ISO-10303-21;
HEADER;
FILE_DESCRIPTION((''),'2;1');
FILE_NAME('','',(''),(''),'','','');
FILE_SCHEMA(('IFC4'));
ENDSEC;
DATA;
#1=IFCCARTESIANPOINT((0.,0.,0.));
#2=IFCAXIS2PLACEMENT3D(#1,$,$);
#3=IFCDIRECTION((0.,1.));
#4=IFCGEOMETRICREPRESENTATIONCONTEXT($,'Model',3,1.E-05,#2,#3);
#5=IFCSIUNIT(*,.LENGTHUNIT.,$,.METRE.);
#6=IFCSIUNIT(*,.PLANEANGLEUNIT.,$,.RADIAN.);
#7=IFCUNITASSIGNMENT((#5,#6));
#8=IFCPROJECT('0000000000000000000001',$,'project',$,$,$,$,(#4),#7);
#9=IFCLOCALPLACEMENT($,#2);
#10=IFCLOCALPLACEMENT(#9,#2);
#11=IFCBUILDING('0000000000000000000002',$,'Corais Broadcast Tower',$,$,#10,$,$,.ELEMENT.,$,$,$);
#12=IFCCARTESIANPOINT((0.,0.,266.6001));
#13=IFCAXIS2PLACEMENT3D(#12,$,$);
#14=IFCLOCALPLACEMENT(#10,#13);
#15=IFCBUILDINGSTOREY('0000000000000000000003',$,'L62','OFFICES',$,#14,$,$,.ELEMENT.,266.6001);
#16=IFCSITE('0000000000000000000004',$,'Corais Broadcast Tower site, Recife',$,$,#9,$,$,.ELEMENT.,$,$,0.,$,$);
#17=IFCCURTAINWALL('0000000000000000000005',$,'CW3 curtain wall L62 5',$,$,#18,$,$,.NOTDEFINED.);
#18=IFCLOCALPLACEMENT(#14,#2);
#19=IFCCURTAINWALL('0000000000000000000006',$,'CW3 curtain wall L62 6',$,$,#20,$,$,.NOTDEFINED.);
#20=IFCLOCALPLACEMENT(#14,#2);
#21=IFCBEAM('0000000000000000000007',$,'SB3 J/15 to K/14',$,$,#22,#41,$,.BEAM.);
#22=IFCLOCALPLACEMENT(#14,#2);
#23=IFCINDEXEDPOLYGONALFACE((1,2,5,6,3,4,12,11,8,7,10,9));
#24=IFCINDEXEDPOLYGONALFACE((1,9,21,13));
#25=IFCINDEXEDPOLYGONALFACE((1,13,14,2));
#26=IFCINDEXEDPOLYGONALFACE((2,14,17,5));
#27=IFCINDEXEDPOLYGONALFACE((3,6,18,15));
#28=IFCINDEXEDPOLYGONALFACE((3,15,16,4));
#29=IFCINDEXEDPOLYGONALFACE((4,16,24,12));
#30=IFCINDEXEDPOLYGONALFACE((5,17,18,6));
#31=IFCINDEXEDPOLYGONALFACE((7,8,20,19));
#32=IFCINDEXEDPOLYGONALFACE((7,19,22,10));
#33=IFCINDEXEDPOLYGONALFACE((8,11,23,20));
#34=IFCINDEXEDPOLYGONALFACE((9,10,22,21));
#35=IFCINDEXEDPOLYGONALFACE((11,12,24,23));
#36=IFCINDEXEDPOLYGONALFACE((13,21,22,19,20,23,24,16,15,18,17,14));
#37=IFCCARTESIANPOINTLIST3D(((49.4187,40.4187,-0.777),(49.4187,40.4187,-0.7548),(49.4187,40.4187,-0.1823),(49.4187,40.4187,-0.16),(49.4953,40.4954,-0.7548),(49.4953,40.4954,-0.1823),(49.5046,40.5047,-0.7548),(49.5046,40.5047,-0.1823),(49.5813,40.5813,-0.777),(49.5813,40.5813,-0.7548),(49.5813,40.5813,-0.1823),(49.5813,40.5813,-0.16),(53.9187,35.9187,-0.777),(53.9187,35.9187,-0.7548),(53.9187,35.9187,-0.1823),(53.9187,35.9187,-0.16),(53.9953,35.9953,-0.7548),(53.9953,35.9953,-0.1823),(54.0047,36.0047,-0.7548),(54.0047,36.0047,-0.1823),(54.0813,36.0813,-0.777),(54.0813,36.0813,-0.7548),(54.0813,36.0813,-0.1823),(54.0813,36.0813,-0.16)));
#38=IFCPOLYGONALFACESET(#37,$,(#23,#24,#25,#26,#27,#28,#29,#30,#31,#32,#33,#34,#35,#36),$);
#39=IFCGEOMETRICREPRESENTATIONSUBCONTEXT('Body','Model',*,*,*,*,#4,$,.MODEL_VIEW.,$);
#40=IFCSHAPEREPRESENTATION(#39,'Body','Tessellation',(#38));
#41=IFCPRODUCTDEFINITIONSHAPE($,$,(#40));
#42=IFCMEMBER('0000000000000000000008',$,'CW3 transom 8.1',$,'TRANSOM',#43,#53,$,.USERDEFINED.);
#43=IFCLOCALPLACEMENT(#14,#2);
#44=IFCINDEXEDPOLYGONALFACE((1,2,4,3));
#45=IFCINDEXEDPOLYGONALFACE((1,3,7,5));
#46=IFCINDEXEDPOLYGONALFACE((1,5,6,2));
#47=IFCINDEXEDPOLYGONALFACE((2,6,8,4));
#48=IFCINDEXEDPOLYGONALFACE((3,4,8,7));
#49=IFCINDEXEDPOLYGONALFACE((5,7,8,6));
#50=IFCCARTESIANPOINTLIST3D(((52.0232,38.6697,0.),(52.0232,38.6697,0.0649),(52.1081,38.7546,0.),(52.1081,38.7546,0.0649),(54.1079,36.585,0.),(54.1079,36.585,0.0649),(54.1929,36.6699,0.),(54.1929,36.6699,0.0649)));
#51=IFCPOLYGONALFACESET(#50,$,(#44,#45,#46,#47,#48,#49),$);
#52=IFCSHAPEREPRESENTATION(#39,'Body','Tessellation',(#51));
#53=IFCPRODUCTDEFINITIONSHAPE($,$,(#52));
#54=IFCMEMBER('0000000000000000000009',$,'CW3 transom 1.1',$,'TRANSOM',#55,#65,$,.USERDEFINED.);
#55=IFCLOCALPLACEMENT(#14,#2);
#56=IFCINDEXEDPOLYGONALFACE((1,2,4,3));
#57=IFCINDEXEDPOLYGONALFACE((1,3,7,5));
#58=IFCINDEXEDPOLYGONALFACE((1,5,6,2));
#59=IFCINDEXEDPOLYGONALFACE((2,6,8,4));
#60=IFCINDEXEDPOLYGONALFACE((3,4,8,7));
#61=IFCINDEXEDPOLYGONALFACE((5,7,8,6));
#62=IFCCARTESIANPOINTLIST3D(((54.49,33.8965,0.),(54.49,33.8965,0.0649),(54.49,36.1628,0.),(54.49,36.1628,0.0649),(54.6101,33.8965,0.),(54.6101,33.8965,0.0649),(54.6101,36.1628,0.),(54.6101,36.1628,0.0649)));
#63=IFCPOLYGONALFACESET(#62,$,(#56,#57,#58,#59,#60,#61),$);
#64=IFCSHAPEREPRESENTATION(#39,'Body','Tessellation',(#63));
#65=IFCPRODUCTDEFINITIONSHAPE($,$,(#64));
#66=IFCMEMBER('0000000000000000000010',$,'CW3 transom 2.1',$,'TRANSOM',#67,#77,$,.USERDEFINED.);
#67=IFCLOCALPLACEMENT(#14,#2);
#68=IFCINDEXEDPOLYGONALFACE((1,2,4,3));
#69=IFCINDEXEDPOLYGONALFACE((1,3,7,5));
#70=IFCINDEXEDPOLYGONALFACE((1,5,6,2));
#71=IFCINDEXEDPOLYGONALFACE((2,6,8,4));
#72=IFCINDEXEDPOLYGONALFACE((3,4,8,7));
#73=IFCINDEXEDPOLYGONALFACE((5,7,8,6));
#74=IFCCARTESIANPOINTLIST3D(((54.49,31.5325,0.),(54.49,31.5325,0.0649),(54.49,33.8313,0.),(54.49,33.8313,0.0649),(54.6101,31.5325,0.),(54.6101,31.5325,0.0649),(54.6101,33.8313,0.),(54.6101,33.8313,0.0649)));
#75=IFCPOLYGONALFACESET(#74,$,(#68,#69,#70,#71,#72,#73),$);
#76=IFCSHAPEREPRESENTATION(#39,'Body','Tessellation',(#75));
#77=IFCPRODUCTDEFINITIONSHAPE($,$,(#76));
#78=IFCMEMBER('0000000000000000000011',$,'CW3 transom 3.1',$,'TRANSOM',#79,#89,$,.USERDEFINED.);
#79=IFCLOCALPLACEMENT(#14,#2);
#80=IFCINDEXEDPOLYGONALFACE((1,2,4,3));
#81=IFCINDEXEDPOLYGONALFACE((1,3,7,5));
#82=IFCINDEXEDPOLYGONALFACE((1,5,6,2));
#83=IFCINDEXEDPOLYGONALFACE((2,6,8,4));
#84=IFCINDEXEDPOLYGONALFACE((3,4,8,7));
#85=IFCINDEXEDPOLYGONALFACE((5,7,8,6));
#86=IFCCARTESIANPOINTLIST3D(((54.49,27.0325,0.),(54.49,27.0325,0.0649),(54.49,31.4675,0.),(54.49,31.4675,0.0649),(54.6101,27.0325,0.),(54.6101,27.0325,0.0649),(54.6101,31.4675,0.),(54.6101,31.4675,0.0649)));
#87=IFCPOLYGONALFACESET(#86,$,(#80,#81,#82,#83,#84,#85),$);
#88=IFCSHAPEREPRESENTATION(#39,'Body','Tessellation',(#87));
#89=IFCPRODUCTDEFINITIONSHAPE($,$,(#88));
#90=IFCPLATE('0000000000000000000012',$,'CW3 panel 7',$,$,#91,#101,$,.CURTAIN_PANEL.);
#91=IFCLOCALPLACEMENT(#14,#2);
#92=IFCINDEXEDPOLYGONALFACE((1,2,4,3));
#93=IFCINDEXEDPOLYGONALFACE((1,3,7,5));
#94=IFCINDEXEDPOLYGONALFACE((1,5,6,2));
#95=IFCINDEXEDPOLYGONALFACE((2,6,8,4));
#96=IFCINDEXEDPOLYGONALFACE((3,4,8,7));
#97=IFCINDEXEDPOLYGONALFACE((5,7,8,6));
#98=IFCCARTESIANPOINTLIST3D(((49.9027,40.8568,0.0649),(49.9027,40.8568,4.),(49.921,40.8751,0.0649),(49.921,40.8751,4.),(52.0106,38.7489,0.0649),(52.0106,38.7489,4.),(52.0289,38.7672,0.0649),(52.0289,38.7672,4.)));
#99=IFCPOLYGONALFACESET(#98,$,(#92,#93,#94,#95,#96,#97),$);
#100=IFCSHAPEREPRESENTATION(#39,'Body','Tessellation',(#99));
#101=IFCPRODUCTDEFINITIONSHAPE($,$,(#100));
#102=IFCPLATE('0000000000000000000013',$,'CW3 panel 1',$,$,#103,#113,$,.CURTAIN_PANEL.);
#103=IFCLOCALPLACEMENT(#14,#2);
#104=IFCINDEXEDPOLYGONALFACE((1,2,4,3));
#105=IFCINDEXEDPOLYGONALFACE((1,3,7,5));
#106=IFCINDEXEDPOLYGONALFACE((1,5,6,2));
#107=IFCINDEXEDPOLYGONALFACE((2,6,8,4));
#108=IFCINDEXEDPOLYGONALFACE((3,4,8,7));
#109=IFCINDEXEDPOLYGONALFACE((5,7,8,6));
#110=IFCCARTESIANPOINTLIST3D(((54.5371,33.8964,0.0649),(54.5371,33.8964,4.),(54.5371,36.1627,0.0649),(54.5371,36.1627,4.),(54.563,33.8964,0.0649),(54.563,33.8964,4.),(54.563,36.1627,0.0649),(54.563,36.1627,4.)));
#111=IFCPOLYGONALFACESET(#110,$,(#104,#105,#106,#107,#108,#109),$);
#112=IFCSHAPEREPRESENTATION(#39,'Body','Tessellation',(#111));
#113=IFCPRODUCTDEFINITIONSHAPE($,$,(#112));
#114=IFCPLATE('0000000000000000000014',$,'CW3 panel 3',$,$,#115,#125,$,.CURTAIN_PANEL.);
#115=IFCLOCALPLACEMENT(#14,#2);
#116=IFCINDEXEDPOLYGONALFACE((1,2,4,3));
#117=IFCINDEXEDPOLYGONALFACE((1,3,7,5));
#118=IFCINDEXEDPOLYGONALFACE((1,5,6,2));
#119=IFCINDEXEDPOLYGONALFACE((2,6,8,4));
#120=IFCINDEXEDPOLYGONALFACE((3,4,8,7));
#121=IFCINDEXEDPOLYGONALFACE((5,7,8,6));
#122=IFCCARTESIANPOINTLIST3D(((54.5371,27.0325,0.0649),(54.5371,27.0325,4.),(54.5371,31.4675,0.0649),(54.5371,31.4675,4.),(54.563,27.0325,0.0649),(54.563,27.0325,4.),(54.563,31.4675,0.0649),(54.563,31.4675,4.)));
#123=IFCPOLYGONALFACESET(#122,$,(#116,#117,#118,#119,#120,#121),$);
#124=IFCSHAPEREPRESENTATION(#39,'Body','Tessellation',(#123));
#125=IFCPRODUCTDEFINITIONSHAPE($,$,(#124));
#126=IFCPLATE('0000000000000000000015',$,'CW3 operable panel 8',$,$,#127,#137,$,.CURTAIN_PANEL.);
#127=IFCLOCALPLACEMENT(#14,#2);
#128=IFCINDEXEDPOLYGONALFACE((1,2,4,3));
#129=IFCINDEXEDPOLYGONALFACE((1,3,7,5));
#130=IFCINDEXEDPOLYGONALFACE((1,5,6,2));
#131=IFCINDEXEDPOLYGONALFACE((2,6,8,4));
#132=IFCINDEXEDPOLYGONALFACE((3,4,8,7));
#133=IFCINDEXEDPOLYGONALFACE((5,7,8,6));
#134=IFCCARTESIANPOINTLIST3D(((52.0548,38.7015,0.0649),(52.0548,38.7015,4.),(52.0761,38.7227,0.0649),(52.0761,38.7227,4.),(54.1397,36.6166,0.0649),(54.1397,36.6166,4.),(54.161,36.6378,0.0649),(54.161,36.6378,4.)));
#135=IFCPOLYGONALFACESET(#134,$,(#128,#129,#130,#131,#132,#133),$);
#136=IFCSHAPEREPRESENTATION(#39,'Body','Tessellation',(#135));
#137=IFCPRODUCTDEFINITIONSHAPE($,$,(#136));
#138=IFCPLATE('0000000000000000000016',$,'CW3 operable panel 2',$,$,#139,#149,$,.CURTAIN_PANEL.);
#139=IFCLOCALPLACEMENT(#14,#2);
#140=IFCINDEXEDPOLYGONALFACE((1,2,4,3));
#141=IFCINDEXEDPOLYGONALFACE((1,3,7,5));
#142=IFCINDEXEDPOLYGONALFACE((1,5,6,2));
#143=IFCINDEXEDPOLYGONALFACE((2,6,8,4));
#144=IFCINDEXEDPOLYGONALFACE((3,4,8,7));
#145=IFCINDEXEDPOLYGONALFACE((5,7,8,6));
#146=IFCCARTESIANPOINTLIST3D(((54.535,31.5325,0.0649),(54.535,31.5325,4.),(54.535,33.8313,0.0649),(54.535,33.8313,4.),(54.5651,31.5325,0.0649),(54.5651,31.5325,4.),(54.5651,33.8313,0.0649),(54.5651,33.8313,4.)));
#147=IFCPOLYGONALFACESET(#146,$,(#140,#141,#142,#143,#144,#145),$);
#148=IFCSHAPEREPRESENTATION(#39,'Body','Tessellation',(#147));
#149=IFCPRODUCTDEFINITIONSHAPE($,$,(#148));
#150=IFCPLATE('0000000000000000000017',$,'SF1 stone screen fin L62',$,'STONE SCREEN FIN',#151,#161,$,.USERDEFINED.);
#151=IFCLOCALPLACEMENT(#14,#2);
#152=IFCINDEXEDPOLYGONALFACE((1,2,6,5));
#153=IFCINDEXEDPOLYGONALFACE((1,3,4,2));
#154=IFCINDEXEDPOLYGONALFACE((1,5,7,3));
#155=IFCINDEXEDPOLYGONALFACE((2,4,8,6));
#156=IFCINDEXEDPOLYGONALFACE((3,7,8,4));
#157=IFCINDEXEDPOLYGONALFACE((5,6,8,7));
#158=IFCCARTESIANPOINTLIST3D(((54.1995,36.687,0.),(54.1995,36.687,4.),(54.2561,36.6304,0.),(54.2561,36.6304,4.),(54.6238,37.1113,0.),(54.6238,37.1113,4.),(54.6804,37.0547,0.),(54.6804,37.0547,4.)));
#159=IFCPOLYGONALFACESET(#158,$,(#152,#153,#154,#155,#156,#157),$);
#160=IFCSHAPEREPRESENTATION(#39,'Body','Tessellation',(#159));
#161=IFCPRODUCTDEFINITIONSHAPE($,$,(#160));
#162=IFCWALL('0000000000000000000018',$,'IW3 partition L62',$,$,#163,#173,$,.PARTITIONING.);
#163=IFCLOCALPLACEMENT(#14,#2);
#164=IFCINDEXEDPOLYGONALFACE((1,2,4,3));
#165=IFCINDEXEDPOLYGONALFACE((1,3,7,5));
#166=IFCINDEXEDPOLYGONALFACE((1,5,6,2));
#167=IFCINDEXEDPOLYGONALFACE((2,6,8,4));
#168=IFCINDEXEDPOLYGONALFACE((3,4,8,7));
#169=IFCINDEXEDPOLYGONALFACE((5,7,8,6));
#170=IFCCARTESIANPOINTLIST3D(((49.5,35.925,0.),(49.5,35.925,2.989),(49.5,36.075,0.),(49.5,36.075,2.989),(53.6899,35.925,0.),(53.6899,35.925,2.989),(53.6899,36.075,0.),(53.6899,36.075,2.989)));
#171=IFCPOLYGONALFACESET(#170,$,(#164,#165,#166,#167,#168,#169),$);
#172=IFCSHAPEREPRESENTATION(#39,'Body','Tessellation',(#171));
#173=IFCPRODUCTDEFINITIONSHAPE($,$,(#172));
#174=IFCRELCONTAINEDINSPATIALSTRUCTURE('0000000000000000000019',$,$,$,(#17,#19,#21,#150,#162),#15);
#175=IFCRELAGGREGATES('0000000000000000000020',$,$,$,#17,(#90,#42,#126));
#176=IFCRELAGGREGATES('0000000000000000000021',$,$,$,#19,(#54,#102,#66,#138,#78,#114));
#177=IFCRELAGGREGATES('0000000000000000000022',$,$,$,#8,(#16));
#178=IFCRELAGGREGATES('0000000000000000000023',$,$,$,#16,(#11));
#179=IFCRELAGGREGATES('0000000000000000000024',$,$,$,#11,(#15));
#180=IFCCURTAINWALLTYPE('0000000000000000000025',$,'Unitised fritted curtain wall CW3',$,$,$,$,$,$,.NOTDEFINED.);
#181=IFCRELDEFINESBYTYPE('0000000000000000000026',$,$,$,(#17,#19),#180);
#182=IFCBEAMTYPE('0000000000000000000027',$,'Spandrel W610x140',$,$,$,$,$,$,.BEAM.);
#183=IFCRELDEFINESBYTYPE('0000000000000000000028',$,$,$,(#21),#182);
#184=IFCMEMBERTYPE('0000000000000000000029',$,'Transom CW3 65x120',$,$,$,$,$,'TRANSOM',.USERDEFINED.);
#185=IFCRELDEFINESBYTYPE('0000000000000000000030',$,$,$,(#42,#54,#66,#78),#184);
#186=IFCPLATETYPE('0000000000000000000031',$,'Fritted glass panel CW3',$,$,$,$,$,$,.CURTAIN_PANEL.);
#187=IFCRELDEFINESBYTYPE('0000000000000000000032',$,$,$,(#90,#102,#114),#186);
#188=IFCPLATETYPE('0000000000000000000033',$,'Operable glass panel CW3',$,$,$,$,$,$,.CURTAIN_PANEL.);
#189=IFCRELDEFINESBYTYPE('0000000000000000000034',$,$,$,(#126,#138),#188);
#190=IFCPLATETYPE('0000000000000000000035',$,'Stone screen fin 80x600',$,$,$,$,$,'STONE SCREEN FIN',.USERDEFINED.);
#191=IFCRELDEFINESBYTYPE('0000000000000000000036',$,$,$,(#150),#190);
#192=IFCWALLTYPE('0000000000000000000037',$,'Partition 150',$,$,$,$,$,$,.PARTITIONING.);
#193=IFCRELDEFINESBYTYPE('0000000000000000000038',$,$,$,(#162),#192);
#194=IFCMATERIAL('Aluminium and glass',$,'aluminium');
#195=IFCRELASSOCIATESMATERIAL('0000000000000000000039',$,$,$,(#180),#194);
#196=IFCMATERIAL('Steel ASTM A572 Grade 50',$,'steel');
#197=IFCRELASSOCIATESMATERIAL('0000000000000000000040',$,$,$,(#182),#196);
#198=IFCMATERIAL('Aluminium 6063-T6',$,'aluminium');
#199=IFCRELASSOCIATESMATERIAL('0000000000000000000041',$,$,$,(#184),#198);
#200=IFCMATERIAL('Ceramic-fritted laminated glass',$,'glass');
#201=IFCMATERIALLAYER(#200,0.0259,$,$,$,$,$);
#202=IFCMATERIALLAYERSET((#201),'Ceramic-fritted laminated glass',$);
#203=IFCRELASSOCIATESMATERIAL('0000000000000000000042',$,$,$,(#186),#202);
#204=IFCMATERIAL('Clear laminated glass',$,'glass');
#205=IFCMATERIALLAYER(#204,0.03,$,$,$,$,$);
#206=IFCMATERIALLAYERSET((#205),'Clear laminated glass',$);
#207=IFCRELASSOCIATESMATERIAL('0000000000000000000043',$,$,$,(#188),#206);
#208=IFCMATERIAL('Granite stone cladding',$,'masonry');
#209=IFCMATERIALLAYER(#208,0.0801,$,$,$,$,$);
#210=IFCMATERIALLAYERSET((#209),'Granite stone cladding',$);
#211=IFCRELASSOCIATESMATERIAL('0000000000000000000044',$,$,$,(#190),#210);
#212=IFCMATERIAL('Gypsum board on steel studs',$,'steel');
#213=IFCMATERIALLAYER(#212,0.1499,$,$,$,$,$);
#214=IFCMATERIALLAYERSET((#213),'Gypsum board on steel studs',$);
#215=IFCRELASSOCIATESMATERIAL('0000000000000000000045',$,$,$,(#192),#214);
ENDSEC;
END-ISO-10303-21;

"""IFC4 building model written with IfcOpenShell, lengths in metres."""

from ifc_helpers import new_model, si_unit, direction, frame, frame_2d, origin, origin_2d, place, context, subcontext, project, spatial, rectangle, i_section, extrude, material, layer, layer_set, material_profile, profile_set, type_object, element, aggregate, save


model = new_model("IFC4")

# Units and contexts
model_context = context("Model", 3, precision=1e-05, world=origin(), true_north=direction((0.0, 1.0)))
body_context = subcontext(model_context, "Body", "Model", "MODEL_VIEW")
ifc_project = project(units=[si_unit("LENGTHUNIT", "METRE"), si_unit("PLANEANGLEUNIT", "RADIAN")], contexts=[model_context])

# Site, building, storey
site_placement = place(None, origin())
site = spatial("IfcSite", under=ifc_project, at=site_placement, Name="Corais Broadcast Tower site, Recife", CompositionType="ELEMENT", RefElevation=0.0)
building_placement = place(site_placement, origin())
building = spatial("IfcBuilding", under=site, at=building_placement, Name="Corais Broadcast Tower", CompositionType="ELEMENT")
storey_placement = place(building_placement, frame((0.0, 0.0, 266.6001)))
storey = spatial("IfcBuildingStorey", under=building, at=storey_placement, Name="L62", Description="OFFICES", CompositionType="ELEMENT", Elevation=266.6001)

# Curtain walls
ifc_material_1 = material(Name="Aluminium and glass", Category="aluminium")
curtain_wall_type = type_object("IfcCurtainWallType", Name="Unitised fritted curtain wall CW3", PredefinedType="NOTDEFINED", material=ifc_material_1)
curtain_wall_1_placement = place(storey_placement, origin())
curtain_wall_1 = element("IfcCurtainWall", 1, at=curtain_wall_1_placement, inside=storey, type_object=curtain_wall_type, Name="CW3 curtain wall L62 5", PredefinedType="NOTDEFINED")
curtain_wall_2_placement = place(storey_placement, origin())
curtain_wall_2 = element("IfcCurtainWall", 2, at=curtain_wall_2_placement, inside=storey, type_object=curtain_wall_type, Name="CW3 curtain wall L62 6", PredefinedType="NOTDEFINED")

# Beam
ifc_material_2 = material(Name="Steel ASTM A572 Grade 50", Category="steel")
ifc_material_profile_1 = material_profile(ifc_material_2, i_section(OverallWidth=0.23, OverallDepth=0.6169, WebThickness=0.0132, FlangeThickness=0.0222, at=origin_2d()), Name="W610x140")
ifc_profile_set_1 = profile_set([ifc_material_profile_1], Name="Steel ASTM A572 Grade 50")
beam_type_1 = type_object("IfcBeamType", Name="Spandrel W610x140", PredefinedType="BEAM", material=ifc_profile_set_1)
beam_1_placement = place(storey_placement, frame((54.0, 36.0, -0.4685), z_axis=(-0.707107, 0.707107, 0.0), x_axis=(-0.707107, -0.707107, 0.0)))
element("IfcBeam", 3, at=beam_1_placement, inside=storey, type_object=beam_type_1, Name="SB3 J/15 to K/14", PredefinedType="BEAM", context=body_context, shape_type="SweptSolid", body=[
    extrude(i_section(OverallWidth=0.23, OverallDepth=0.6169, WebThickness=0.0132, FlangeThickness=0.0222, at=origin_2d()), origin(), (0.0, 0.0, 1.0), 6.364),
])

# Members
ifc_material_3 = material(Name="Aluminium 6063-T6", Category="aluminium")
ifc_material_profile_2 = material_profile(ifc_material_3, rectangle(XDim=0.1201, YDim=0.0649, at=origin_2d()), Name="Transom CW3 65x120")
ifc_profile_set_2 = profile_set([ifc_material_profile_2], Name="Aluminium 6063-T6")
member_type_1 = type_object("IfcMemberType", Name="Transom CW3 65x120", ElementType="TRANSOM", PredefinedType="USERDEFINED", material=ifc_profile_set_2)
member_1_placement = place(storey_placement, frame((52.0657, 38.7122, 0.0325), z_axis=(0.707107, -0.707107, 0.0), x_axis=(0.707107, 0.707107, 0.0)))
member_1 = element("IfcMember", 4, at=member_1_placement, type_object=member_type_1, Name="CW3 transom 8.1", ObjectType="TRANSOM", PredefinedType="USERDEFINED", context=body_context, shape_type="SweptSolid", body=[
    extrude(rectangle(XDim=0.1201, YDim=0.0649, at=origin_2d()), origin(), (0.0, 0.0, 1.0), 2.9482),
])
member_2_placement = place(storey_placement, frame((54.55, 36.1628, 0.0325), z_axis=(0.0, -1.0, 0.0), x_axis=(1.0, 0.0, 0.0)))
member_2 = element("IfcMember", 5, at=member_2_placement, type_object=member_type_1, Name="CW3 transom 1.1", ObjectType="TRANSOM", PredefinedType="USERDEFINED", context=body_context, shape_type="SweptSolid", body=[
    extrude(rectangle(XDim=0.1201, YDim=0.0649, at=origin_2d()), origin(), (0.0, 0.0, 1.0), 2.2664),
])
member_3_placement = place(storey_placement, frame((54.55, 33.8313, 0.0325), z_axis=(0.0, -1.0, 0.0), x_axis=(1.0, 0.0, 0.0)))
member_3 = element("IfcMember", 6, at=member_3_placement, type_object=member_type_1, Name="CW3 transom 2.1", ObjectType="TRANSOM", PredefinedType="USERDEFINED", context=body_context, shape_type="SweptSolid", body=[
    extrude(rectangle(XDim=0.1201, YDim=0.0649, at=origin_2d()), origin(), (0.0, 0.0, 1.0), 2.2988),
])
member_4_placement = place(storey_placement, frame((54.55, 31.4675, 0.0325), z_axis=(0.0, -1.0, 0.0), x_axis=(1.0, 0.0, 0.0)))
member_4 = element("IfcMember", 7, at=member_4_placement, type_object=member_type_1, Name="CW3 transom 3.1", ObjectType="TRANSOM", PredefinedType="USERDEFINED", context=body_context, shape_type="SweptSolid", body=[
    extrude(rectangle(XDim=0.1201, YDim=0.0649, at=origin_2d()), origin(), (0.0, 0.0, 1.0), 4.4351),
])

# Plates
ifc_material_4 = material(Name="Ceramic-fritted laminated glass", Category="glass")
ifc_layer_1 = layer(ifc_material_4, 0.0259)
ifc_layer_set_1 = layer_set([ifc_layer_1], Name="Ceramic-fritted laminated glass")
plate_type_1 = type_object("IfcPlateType", Name="Fritted glass panel CW3", PredefinedType="CURTAIN_PANEL", material=ifc_layer_set_1)
plate_1_placement = place(storey_placement, frame((50.9658, 39.812, 0.0649), z_axis=(0.0, 0.0, 1.0), x_axis=(0.707107, -0.707107, 0.0)))
plate_1 = element("IfcPlate", 8, at=plate_1_placement, type_object=plate_type_1, Name="CW3 panel 7", PredefinedType="CURTAIN_PANEL", context=body_context, shape_type="SweptSolid", body=[
    extrude(rectangle(XDim=2.981, YDim=0.0259, at=origin_2d()), origin(), (0.0, 0.0, 1.0), 3.9351),
])
plate_2_placement = place(storey_placement, frame((54.55, 35.0295, 0.0649), z_axis=(0.0, 0.0, 1.0), x_axis=(0.0, -1.0, 0.0)))
plate_2 = element("IfcPlate", 9, at=plate_2_placement, type_object=plate_type_1, Name="CW3 panel 1", PredefinedType="CURTAIN_PANEL", context=body_context, shape_type="SweptSolid", body=[
    extrude(rectangle(XDim=2.2664, YDim=0.0259, at=origin_2d()), origin(), (0.0, 0.0, 1.0), 3.9351),
])
plate_3_placement = place(storey_placement, frame((54.55, 29.25, 0.0649), z_axis=(0.0, 0.0, 1.0), x_axis=(0.0, -1.0, 0.0)))
plate_3 = element("IfcPlate", 10, at=plate_3_placement, type_object=plate_type_1, Name="CW3 panel 3", PredefinedType="CURTAIN_PANEL", context=body_context, shape_type="SweptSolid", body=[
    extrude(rectangle(XDim=4.4351, YDim=0.0259, at=origin_2d()), origin(), (0.0, 0.0, 1.0), 3.9351),
])
ifc_material_5 = material(Name="Clear laminated glass", Category="glass")
ifc_layer_2 = layer(ifc_material_5, 0.03)
ifc_layer_set_2 = layer_set([ifc_layer_2], Name="Clear laminated glass")
plate_type_2 = type_object("IfcPlateType", Name="Operable glass panel CW3", PredefinedType="CURTAIN_PANEL", material=ifc_layer_set_2)
plate_4_placement = place(storey_placement, frame((53.1079, 37.6697, 0.0649), z_axis=(0.0, 0.0, 1.0), x_axis=(0.707107, -0.707107, 0.0)))
plate_4 = element("IfcPlate", 11, at=plate_4_placement, type_object=plate_type_2, Name="CW3 operable panel 8", PredefinedType="CURTAIN_PANEL", context=body_context, shape_type="SweptSolid", body=[
    extrude(rectangle(XDim=2.9485, YDim=0.03, at=origin_2d()), origin(), (0.0, 0.0, 1.0), 3.9351),
])
aggregate(curtain_wall_1, [plate_1, member_1, plate_4])
plate_5_placement = place(storey_placement, frame((54.55, 32.6819, 0.0649), z_axis=(0.0, 0.0, 1.0), x_axis=(0.0, -1.0, 0.0)))
plate_5 = element("IfcPlate", 12, at=plate_5_placement, type_object=plate_type_2, Name="CW3 operable panel 2", PredefinedType="CURTAIN_PANEL", context=body_context, shape_type="SweptSolid", body=[
    extrude(rectangle(XDim=2.2988, YDim=0.03, at=origin_2d()), origin(), (0.0, 0.0, 1.0), 3.9351),
])
aggregate(curtain_wall_2, [member_2, plate_2, member_3, plate_5, member_4, plate_3])
ifc_material_6 = material(Name="Granite stone cladding", Category="masonry")
ifc_layer_3 = layer(ifc_material_6, 0.0801)
ifc_layer_set_3 = layer_set([ifc_layer_3], Name="Granite stone cladding")
plate_type_3 = type_object("IfcPlateType", Name="Stone screen fin 80x600", ElementType="STONE SCREEN FIN", PredefinedType="USERDEFINED", material=ifc_layer_set_3)
plate_6_placement = place(storey_placement, frame((54.4399, 36.8708, 0.0), z_axis=(0.0, 0.0, 1.0), x_axis=(0.707107, -0.707107, 0.0)))
element("IfcPlate", 13, at=plate_6_placement, inside=storey, type_object=plate_type_3, Name="SF1 stone screen fin L62", ObjectType="STONE SCREEN FIN", PredefinedType="USERDEFINED", context=body_context, shape_type="SweptSolid", body=[
    extrude(rectangle(XDim=0.0801, YDim=0.6001, at=origin_2d()), origin(), (0.0, 0.0, 1.0), 4.0),
])

# Wall
ifc_material_7 = material(Name="Gypsum board on steel studs", Category="steel")
ifc_layer_4 = layer(ifc_material_7, 0.1499)
ifc_layer_set_4 = layer_set([ifc_layer_4], Name="Gypsum board on steel studs")
wall_type = type_object("IfcWallType", Name="Partition 150", PredefinedType="PARTITIONING", material=ifc_layer_set_4)
wall_1_placement = place(storey_placement, frame((53.6899, 36.0, 0.0), z_axis=(0.0, 0.0, 1.0), x_axis=(-1.0, 0.0, 0.0)))
element("IfcWall", 14, at=wall_1_placement, inside=storey, type_object=wall_type, Name="IW3 partition L62", PredefinedType="PARTITIONING", context=body_context, shape_type="SweptSolid", body=[
    extrude(rectangle(XDim=4.1899, YDim=0.1499, at=frame_2d((2.095, 0.0))), origin(), (0.0, 0.0, 1.0), 2.989),
])

save(model, "model.ifc")
